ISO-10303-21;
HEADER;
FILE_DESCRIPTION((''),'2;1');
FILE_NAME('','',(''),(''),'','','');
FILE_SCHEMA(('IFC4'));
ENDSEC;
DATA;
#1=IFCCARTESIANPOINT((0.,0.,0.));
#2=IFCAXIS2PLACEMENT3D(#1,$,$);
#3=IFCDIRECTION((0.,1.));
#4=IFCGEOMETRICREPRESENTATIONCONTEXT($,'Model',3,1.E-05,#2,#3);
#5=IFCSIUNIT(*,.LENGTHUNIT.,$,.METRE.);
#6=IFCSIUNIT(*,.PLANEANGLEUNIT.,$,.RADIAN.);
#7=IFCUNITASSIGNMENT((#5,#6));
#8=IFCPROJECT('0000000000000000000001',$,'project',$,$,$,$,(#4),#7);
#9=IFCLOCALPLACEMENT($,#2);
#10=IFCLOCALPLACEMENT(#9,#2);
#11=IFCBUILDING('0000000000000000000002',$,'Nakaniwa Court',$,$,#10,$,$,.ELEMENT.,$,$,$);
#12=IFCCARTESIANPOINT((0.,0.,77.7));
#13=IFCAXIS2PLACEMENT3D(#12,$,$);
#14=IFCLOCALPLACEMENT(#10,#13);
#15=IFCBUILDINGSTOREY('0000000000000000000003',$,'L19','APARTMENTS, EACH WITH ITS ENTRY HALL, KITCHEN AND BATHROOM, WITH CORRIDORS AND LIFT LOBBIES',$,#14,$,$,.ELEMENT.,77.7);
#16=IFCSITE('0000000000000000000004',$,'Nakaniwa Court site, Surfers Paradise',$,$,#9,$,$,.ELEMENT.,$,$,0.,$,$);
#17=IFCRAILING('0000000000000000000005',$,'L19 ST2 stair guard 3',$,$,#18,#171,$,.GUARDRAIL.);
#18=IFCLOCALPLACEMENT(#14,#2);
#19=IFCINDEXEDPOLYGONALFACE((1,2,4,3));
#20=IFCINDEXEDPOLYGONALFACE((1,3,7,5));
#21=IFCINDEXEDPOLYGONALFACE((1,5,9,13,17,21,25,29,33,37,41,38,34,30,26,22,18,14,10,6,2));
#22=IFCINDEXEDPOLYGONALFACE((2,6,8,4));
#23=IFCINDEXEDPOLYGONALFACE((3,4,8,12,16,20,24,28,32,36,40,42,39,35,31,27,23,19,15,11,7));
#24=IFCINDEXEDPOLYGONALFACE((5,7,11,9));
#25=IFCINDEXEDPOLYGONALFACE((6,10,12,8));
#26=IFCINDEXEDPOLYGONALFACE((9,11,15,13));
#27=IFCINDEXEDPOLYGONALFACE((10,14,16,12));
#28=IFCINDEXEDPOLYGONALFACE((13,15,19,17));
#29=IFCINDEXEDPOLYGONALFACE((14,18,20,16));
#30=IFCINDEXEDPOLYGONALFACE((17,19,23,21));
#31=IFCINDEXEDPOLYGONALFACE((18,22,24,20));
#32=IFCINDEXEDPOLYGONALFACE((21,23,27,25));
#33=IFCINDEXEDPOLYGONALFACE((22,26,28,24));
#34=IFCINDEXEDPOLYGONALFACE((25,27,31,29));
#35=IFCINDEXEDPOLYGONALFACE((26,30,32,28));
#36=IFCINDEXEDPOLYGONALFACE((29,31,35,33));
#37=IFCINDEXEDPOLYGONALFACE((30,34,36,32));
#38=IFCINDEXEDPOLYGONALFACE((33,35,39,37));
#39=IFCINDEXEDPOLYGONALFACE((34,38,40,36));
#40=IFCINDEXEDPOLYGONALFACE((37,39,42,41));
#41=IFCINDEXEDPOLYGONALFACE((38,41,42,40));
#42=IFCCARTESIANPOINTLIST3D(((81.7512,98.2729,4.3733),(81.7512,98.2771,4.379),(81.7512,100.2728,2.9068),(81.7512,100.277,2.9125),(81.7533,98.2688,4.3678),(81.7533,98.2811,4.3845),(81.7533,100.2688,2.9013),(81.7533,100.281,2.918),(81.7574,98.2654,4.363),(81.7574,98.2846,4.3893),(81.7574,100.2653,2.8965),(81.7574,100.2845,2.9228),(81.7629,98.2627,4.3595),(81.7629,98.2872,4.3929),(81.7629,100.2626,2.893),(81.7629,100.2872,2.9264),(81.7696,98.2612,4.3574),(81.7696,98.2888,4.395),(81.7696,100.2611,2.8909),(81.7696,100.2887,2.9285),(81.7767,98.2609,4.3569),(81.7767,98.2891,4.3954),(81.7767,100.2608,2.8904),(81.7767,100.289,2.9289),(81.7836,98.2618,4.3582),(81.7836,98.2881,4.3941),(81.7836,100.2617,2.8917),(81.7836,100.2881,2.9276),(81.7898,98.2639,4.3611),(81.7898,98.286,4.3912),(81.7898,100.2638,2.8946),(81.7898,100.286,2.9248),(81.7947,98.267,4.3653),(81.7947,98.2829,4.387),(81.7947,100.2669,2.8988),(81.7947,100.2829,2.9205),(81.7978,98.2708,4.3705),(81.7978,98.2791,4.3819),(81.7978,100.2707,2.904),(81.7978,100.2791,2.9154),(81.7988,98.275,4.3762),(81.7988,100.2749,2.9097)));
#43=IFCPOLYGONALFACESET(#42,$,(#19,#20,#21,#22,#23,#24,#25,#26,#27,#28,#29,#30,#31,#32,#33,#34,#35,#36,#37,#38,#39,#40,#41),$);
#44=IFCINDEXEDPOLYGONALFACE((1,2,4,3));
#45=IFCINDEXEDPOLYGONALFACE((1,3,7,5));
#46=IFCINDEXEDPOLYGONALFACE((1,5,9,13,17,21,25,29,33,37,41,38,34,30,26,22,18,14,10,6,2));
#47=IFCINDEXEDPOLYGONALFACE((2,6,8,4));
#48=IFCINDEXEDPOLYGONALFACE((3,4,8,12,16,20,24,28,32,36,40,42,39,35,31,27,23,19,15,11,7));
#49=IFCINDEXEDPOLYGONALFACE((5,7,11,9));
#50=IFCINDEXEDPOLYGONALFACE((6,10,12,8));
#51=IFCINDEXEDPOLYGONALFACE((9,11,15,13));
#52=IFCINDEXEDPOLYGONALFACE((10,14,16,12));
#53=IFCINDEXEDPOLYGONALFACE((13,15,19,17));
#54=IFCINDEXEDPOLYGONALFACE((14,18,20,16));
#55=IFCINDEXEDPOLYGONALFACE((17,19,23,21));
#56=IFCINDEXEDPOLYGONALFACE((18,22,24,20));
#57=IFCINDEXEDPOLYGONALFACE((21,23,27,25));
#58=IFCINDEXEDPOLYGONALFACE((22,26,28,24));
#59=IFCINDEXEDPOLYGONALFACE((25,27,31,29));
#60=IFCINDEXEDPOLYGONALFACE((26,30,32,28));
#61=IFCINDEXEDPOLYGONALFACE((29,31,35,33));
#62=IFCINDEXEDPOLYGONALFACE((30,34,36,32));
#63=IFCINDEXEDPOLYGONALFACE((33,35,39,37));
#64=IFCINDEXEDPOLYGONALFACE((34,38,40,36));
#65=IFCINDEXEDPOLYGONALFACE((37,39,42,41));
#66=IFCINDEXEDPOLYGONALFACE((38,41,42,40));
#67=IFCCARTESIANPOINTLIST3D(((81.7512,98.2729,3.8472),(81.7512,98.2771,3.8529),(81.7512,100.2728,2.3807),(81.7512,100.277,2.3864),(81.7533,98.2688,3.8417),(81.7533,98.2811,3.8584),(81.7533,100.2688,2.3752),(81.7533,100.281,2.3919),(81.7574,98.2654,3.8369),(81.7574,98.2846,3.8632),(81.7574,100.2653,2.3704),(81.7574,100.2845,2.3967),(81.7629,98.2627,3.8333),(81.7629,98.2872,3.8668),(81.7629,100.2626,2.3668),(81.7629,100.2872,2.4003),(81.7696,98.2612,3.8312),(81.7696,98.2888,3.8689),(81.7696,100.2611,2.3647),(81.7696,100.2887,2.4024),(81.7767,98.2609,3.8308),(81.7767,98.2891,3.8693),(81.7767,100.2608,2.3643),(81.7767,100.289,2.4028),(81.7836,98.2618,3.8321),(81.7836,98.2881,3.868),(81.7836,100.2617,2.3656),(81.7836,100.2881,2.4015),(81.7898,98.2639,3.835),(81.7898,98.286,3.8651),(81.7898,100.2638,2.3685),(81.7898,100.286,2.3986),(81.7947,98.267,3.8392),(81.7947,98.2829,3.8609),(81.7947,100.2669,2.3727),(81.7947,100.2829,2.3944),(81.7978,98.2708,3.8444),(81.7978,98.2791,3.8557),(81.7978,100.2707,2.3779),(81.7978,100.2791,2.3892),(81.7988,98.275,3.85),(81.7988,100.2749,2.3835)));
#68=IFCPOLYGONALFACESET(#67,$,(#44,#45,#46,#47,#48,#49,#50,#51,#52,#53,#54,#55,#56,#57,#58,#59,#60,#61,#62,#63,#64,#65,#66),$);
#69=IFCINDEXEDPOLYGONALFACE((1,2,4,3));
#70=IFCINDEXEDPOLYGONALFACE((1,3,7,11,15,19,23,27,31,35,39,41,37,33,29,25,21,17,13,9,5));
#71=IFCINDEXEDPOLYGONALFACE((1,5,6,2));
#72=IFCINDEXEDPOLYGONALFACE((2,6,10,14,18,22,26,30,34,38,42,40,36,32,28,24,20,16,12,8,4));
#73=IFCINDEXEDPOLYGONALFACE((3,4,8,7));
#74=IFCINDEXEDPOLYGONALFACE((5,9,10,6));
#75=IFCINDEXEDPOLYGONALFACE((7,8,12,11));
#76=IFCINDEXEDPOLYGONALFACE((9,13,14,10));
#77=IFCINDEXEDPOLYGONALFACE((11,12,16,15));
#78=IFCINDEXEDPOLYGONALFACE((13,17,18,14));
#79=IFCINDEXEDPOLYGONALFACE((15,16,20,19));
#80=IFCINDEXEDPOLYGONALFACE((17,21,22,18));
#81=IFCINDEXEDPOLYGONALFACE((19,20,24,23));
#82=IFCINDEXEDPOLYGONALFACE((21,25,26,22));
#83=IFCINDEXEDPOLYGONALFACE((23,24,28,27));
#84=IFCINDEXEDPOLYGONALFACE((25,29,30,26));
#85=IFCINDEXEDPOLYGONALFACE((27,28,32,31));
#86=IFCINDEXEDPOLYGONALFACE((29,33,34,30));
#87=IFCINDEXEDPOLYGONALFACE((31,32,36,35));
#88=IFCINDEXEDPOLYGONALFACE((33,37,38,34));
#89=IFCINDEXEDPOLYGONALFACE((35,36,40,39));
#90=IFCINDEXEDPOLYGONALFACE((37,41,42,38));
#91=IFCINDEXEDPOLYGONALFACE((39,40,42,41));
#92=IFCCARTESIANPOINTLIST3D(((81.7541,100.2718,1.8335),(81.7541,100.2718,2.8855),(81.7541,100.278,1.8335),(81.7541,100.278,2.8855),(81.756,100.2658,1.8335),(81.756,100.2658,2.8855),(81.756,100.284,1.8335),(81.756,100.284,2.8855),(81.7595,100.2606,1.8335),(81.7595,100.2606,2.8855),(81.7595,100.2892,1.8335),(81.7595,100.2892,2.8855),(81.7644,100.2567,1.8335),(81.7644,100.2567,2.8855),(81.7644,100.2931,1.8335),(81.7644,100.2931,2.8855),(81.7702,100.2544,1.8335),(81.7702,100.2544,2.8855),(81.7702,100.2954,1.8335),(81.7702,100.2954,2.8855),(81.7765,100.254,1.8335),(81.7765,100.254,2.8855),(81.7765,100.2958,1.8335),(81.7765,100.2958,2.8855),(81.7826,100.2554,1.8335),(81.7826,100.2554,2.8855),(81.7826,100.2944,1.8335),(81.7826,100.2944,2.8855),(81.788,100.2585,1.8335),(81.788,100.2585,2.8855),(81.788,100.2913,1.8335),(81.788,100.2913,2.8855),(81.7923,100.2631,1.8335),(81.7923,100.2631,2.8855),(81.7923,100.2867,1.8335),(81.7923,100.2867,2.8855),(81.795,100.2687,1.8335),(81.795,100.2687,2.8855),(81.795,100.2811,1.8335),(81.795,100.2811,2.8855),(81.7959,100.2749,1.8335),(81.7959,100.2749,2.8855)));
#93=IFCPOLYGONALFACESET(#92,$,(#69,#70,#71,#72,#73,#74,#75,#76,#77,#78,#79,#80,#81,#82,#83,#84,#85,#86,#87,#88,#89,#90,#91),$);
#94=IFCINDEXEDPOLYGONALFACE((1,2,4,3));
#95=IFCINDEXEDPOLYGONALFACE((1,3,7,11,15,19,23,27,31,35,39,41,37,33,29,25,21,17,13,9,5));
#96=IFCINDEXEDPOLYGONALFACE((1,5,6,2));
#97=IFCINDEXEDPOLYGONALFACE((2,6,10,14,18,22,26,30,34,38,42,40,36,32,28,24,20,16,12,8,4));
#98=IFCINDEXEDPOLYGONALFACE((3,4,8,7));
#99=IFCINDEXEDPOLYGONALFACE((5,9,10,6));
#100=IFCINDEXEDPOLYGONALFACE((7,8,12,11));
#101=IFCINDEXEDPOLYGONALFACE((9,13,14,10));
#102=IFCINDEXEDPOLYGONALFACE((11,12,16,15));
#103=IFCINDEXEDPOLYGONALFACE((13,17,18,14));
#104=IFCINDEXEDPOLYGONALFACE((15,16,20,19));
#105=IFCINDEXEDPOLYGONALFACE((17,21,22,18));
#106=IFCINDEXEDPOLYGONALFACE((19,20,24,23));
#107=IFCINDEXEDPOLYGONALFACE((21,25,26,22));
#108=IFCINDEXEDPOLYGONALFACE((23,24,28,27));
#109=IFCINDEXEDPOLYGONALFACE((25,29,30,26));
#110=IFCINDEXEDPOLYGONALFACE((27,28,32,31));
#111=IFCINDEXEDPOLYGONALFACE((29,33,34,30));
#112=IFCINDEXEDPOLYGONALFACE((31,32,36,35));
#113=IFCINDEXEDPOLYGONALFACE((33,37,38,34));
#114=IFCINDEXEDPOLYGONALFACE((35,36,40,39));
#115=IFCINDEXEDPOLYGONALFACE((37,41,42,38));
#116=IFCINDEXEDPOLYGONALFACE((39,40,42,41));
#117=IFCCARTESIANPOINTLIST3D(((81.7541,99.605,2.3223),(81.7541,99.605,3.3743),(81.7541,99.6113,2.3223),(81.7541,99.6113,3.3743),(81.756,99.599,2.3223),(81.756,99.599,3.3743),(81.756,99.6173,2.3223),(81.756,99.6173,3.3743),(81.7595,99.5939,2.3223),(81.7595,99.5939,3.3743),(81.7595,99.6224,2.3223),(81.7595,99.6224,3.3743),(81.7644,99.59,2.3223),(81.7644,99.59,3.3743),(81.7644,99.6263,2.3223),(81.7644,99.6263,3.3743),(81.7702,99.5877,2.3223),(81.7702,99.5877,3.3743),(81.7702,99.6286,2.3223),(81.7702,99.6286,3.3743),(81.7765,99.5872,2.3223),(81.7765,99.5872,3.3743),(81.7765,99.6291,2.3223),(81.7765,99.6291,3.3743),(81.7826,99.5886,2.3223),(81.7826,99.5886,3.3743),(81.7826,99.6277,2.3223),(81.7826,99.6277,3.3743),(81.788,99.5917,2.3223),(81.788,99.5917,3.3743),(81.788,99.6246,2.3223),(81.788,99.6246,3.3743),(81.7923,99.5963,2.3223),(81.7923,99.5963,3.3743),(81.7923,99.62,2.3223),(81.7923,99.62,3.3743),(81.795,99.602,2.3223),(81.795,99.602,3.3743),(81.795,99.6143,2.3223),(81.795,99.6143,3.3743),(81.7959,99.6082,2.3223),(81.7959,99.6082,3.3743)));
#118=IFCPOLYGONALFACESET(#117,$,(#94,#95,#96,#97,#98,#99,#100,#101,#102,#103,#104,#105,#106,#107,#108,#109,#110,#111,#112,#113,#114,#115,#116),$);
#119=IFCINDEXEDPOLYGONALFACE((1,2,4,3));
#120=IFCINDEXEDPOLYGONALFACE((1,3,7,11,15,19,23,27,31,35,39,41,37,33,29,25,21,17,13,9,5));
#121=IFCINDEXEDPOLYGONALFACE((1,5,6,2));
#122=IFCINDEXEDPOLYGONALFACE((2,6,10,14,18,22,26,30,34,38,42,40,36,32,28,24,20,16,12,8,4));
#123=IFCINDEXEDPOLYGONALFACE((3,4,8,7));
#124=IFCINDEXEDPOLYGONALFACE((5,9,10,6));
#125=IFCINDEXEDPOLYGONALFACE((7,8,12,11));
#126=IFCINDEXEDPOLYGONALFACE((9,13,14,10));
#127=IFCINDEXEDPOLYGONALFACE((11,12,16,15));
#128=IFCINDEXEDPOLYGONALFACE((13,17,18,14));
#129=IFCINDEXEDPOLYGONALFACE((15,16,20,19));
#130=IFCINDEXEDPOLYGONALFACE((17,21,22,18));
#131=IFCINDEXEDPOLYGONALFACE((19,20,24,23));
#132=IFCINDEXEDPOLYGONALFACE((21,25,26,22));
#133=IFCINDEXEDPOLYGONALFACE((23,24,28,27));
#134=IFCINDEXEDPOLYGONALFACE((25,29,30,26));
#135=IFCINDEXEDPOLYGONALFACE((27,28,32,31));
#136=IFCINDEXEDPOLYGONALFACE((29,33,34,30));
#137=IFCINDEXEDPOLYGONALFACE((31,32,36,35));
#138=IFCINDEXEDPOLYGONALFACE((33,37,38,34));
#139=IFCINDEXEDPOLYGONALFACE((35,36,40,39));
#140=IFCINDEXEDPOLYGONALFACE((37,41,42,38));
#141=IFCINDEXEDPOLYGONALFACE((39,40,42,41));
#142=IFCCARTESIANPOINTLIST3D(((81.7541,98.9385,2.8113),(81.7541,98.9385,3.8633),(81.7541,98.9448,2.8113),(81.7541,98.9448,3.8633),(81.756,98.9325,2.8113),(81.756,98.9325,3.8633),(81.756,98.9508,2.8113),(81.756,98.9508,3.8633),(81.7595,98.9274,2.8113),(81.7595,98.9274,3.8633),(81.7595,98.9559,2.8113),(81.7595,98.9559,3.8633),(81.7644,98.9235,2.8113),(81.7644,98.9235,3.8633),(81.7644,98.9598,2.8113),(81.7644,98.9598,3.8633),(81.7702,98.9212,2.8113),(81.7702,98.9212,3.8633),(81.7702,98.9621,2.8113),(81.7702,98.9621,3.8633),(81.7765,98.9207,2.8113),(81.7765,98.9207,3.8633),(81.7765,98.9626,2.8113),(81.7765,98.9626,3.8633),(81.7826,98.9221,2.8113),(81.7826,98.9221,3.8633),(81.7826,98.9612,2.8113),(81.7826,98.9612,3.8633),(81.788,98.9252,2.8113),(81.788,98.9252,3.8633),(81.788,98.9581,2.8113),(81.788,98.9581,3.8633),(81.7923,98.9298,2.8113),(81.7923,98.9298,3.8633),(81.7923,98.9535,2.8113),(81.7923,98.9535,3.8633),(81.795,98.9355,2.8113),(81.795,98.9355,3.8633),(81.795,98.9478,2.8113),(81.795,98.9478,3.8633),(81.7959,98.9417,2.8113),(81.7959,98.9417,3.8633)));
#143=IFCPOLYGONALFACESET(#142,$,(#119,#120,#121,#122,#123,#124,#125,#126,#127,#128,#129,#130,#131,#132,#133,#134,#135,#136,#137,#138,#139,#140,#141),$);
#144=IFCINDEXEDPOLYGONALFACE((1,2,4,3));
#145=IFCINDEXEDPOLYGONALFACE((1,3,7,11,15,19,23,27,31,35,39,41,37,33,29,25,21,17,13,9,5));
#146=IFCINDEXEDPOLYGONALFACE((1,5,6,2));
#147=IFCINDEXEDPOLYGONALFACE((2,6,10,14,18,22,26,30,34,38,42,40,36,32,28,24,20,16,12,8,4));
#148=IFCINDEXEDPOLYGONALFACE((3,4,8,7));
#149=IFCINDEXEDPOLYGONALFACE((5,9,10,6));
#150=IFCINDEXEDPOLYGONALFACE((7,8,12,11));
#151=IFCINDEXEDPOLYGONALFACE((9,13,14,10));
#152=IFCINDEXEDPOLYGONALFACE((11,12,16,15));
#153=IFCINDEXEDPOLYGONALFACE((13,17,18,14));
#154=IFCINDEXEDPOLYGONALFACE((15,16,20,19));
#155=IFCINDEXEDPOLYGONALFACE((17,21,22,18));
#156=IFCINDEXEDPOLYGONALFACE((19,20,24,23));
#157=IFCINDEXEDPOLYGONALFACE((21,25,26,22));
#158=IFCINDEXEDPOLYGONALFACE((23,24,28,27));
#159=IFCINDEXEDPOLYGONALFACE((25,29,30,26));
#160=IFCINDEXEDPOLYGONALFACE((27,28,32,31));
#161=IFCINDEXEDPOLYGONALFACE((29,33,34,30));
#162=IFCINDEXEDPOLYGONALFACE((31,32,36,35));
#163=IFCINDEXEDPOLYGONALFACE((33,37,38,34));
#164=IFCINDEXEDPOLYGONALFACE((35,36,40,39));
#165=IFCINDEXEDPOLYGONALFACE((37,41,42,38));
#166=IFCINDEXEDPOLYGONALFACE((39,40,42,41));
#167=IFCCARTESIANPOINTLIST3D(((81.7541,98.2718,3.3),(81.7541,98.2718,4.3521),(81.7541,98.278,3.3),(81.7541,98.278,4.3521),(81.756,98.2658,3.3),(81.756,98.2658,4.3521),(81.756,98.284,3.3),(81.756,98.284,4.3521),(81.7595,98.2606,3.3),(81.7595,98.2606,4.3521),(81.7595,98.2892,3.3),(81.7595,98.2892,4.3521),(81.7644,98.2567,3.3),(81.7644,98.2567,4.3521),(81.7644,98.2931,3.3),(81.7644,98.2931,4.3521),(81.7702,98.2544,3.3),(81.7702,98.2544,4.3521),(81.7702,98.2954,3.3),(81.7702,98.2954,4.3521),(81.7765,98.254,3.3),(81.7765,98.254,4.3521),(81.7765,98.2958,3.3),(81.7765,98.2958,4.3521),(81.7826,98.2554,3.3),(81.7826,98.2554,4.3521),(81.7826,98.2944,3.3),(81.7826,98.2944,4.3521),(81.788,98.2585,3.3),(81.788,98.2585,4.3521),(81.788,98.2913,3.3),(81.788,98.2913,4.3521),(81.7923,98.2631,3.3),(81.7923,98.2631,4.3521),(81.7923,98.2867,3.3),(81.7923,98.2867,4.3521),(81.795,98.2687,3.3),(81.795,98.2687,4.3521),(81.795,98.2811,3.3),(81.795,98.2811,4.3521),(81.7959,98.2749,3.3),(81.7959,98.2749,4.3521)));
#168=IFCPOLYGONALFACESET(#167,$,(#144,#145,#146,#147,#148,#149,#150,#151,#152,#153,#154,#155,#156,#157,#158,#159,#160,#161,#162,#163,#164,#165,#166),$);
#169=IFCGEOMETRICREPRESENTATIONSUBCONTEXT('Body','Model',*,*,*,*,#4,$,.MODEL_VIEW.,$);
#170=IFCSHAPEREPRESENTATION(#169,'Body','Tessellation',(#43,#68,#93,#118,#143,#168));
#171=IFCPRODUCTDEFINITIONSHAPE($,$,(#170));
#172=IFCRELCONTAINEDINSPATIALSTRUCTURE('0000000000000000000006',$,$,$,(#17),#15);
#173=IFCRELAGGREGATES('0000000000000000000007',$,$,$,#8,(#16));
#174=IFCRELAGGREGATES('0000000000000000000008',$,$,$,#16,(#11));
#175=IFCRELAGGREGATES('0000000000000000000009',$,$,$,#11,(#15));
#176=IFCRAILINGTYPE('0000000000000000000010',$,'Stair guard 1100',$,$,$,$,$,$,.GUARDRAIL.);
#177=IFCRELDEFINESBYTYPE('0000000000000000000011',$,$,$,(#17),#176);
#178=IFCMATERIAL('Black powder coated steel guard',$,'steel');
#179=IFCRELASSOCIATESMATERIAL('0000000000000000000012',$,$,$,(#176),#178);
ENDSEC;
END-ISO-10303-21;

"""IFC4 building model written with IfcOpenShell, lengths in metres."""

from ifc_helpers import new_model, si_unit, direction, frame, origin, origin_2d, place, context, subcontext, project, spatial, circle, extrude, material, type_object, element, save


model = new_model("IFC4")

# Units and contexts
model_context = context("Model", 3, precision=1e-05, world=origin(), true_north=direction((0.0, 1.0)))
body_context = subcontext(model_context, "Body", "Model", "MODEL_VIEW")
ifc_project = project(units=[si_unit("LENGTHUNIT", "METRE"), si_unit("PLANEANGLEUNIT", "RADIAN")], contexts=[model_context])

# Site, building, storey
site_placement = place(None, origin())
site = spatial("IfcSite", under=ifc_project, at=site_placement, Name="Nakaniwa Court site, Surfers Paradise", CompositionType="ELEMENT", RefElevation=0.0)
building_placement = place(site_placement, origin())
building = spatial("IfcBuilding", under=site, at=building_placement, Name="Nakaniwa Court", CompositionType="ELEMENT")
storey_placement = place(building_placement, frame((0.0, 0.0, 77.7)))
storey = spatial("IfcBuildingStorey", under=building, at=storey_placement, Name="L19", Description="APARTMENTS, EACH WITH ITS ENTRY HALL, KITCHEN AND BATHROOM, WITH CORRIDORS AND LIFT LOBBIES", CompositionType="ELEMENT", Elevation=77.7)

# Railing
ifc_material_1 = material(Name="Black powder coated steel guard", Category="steel")
railing_type_1 = type_object("IfcRailingType", Name="Stair guard 1100", PredefinedType="GUARDRAIL", material=ifc_material_1)
railing_1_placement = place(storey_placement, frame((81.7749, 100.2749, 1.8335)))
element("IfcRailing", 1, at=railing_1_placement, inside=storey, type_object=railing_type_1, Name="L19 ST2 stair guard 3", PredefinedType="GUARDRAIL", context=body_context, shape_type="SweptSolid", body=[
    extrude(circle(Radius=0.0239, at=origin_2d()), frame((0.0, 0.0, 1.0762), z_axis=(0.0, -0.806427, 0.591334), x_axis=(1.0, 0.0, 0.0)), (0.0, 0.0, 1.0), 2.48),
    extrude(circle(Radius=0.0239, at=origin_2d()), frame((0.0, 0.0, 0.55), z_axis=(0.0, -0.806427, 0.591334), x_axis=(1.0, 0.0, 0.0)), (0.0, 0.0, 1.0), 2.48),
    extrude(circle(Radius=0.021, at=origin_2d()), origin(), (0.0, 0.0, 1.0), 1.052),
    extrude(circle(Radius=0.021, at=origin_2d()), frame((0.0, -0.6667, 0.4888)), (0.0, 0.0, 1.0), 1.052),
    extrude(circle(Radius=0.021, at=origin_2d()), frame((0.0, -1.3333, 0.9778)), (0.0, 0.0, 1.0), 1.052),
    extrude(circle(Radius=0.021, at=origin_2d()), frame((0.0, -2.0, 1.4666)), (0.0, 0.0, 1.0), 1.052),
])

save(model, "model.ifc")
